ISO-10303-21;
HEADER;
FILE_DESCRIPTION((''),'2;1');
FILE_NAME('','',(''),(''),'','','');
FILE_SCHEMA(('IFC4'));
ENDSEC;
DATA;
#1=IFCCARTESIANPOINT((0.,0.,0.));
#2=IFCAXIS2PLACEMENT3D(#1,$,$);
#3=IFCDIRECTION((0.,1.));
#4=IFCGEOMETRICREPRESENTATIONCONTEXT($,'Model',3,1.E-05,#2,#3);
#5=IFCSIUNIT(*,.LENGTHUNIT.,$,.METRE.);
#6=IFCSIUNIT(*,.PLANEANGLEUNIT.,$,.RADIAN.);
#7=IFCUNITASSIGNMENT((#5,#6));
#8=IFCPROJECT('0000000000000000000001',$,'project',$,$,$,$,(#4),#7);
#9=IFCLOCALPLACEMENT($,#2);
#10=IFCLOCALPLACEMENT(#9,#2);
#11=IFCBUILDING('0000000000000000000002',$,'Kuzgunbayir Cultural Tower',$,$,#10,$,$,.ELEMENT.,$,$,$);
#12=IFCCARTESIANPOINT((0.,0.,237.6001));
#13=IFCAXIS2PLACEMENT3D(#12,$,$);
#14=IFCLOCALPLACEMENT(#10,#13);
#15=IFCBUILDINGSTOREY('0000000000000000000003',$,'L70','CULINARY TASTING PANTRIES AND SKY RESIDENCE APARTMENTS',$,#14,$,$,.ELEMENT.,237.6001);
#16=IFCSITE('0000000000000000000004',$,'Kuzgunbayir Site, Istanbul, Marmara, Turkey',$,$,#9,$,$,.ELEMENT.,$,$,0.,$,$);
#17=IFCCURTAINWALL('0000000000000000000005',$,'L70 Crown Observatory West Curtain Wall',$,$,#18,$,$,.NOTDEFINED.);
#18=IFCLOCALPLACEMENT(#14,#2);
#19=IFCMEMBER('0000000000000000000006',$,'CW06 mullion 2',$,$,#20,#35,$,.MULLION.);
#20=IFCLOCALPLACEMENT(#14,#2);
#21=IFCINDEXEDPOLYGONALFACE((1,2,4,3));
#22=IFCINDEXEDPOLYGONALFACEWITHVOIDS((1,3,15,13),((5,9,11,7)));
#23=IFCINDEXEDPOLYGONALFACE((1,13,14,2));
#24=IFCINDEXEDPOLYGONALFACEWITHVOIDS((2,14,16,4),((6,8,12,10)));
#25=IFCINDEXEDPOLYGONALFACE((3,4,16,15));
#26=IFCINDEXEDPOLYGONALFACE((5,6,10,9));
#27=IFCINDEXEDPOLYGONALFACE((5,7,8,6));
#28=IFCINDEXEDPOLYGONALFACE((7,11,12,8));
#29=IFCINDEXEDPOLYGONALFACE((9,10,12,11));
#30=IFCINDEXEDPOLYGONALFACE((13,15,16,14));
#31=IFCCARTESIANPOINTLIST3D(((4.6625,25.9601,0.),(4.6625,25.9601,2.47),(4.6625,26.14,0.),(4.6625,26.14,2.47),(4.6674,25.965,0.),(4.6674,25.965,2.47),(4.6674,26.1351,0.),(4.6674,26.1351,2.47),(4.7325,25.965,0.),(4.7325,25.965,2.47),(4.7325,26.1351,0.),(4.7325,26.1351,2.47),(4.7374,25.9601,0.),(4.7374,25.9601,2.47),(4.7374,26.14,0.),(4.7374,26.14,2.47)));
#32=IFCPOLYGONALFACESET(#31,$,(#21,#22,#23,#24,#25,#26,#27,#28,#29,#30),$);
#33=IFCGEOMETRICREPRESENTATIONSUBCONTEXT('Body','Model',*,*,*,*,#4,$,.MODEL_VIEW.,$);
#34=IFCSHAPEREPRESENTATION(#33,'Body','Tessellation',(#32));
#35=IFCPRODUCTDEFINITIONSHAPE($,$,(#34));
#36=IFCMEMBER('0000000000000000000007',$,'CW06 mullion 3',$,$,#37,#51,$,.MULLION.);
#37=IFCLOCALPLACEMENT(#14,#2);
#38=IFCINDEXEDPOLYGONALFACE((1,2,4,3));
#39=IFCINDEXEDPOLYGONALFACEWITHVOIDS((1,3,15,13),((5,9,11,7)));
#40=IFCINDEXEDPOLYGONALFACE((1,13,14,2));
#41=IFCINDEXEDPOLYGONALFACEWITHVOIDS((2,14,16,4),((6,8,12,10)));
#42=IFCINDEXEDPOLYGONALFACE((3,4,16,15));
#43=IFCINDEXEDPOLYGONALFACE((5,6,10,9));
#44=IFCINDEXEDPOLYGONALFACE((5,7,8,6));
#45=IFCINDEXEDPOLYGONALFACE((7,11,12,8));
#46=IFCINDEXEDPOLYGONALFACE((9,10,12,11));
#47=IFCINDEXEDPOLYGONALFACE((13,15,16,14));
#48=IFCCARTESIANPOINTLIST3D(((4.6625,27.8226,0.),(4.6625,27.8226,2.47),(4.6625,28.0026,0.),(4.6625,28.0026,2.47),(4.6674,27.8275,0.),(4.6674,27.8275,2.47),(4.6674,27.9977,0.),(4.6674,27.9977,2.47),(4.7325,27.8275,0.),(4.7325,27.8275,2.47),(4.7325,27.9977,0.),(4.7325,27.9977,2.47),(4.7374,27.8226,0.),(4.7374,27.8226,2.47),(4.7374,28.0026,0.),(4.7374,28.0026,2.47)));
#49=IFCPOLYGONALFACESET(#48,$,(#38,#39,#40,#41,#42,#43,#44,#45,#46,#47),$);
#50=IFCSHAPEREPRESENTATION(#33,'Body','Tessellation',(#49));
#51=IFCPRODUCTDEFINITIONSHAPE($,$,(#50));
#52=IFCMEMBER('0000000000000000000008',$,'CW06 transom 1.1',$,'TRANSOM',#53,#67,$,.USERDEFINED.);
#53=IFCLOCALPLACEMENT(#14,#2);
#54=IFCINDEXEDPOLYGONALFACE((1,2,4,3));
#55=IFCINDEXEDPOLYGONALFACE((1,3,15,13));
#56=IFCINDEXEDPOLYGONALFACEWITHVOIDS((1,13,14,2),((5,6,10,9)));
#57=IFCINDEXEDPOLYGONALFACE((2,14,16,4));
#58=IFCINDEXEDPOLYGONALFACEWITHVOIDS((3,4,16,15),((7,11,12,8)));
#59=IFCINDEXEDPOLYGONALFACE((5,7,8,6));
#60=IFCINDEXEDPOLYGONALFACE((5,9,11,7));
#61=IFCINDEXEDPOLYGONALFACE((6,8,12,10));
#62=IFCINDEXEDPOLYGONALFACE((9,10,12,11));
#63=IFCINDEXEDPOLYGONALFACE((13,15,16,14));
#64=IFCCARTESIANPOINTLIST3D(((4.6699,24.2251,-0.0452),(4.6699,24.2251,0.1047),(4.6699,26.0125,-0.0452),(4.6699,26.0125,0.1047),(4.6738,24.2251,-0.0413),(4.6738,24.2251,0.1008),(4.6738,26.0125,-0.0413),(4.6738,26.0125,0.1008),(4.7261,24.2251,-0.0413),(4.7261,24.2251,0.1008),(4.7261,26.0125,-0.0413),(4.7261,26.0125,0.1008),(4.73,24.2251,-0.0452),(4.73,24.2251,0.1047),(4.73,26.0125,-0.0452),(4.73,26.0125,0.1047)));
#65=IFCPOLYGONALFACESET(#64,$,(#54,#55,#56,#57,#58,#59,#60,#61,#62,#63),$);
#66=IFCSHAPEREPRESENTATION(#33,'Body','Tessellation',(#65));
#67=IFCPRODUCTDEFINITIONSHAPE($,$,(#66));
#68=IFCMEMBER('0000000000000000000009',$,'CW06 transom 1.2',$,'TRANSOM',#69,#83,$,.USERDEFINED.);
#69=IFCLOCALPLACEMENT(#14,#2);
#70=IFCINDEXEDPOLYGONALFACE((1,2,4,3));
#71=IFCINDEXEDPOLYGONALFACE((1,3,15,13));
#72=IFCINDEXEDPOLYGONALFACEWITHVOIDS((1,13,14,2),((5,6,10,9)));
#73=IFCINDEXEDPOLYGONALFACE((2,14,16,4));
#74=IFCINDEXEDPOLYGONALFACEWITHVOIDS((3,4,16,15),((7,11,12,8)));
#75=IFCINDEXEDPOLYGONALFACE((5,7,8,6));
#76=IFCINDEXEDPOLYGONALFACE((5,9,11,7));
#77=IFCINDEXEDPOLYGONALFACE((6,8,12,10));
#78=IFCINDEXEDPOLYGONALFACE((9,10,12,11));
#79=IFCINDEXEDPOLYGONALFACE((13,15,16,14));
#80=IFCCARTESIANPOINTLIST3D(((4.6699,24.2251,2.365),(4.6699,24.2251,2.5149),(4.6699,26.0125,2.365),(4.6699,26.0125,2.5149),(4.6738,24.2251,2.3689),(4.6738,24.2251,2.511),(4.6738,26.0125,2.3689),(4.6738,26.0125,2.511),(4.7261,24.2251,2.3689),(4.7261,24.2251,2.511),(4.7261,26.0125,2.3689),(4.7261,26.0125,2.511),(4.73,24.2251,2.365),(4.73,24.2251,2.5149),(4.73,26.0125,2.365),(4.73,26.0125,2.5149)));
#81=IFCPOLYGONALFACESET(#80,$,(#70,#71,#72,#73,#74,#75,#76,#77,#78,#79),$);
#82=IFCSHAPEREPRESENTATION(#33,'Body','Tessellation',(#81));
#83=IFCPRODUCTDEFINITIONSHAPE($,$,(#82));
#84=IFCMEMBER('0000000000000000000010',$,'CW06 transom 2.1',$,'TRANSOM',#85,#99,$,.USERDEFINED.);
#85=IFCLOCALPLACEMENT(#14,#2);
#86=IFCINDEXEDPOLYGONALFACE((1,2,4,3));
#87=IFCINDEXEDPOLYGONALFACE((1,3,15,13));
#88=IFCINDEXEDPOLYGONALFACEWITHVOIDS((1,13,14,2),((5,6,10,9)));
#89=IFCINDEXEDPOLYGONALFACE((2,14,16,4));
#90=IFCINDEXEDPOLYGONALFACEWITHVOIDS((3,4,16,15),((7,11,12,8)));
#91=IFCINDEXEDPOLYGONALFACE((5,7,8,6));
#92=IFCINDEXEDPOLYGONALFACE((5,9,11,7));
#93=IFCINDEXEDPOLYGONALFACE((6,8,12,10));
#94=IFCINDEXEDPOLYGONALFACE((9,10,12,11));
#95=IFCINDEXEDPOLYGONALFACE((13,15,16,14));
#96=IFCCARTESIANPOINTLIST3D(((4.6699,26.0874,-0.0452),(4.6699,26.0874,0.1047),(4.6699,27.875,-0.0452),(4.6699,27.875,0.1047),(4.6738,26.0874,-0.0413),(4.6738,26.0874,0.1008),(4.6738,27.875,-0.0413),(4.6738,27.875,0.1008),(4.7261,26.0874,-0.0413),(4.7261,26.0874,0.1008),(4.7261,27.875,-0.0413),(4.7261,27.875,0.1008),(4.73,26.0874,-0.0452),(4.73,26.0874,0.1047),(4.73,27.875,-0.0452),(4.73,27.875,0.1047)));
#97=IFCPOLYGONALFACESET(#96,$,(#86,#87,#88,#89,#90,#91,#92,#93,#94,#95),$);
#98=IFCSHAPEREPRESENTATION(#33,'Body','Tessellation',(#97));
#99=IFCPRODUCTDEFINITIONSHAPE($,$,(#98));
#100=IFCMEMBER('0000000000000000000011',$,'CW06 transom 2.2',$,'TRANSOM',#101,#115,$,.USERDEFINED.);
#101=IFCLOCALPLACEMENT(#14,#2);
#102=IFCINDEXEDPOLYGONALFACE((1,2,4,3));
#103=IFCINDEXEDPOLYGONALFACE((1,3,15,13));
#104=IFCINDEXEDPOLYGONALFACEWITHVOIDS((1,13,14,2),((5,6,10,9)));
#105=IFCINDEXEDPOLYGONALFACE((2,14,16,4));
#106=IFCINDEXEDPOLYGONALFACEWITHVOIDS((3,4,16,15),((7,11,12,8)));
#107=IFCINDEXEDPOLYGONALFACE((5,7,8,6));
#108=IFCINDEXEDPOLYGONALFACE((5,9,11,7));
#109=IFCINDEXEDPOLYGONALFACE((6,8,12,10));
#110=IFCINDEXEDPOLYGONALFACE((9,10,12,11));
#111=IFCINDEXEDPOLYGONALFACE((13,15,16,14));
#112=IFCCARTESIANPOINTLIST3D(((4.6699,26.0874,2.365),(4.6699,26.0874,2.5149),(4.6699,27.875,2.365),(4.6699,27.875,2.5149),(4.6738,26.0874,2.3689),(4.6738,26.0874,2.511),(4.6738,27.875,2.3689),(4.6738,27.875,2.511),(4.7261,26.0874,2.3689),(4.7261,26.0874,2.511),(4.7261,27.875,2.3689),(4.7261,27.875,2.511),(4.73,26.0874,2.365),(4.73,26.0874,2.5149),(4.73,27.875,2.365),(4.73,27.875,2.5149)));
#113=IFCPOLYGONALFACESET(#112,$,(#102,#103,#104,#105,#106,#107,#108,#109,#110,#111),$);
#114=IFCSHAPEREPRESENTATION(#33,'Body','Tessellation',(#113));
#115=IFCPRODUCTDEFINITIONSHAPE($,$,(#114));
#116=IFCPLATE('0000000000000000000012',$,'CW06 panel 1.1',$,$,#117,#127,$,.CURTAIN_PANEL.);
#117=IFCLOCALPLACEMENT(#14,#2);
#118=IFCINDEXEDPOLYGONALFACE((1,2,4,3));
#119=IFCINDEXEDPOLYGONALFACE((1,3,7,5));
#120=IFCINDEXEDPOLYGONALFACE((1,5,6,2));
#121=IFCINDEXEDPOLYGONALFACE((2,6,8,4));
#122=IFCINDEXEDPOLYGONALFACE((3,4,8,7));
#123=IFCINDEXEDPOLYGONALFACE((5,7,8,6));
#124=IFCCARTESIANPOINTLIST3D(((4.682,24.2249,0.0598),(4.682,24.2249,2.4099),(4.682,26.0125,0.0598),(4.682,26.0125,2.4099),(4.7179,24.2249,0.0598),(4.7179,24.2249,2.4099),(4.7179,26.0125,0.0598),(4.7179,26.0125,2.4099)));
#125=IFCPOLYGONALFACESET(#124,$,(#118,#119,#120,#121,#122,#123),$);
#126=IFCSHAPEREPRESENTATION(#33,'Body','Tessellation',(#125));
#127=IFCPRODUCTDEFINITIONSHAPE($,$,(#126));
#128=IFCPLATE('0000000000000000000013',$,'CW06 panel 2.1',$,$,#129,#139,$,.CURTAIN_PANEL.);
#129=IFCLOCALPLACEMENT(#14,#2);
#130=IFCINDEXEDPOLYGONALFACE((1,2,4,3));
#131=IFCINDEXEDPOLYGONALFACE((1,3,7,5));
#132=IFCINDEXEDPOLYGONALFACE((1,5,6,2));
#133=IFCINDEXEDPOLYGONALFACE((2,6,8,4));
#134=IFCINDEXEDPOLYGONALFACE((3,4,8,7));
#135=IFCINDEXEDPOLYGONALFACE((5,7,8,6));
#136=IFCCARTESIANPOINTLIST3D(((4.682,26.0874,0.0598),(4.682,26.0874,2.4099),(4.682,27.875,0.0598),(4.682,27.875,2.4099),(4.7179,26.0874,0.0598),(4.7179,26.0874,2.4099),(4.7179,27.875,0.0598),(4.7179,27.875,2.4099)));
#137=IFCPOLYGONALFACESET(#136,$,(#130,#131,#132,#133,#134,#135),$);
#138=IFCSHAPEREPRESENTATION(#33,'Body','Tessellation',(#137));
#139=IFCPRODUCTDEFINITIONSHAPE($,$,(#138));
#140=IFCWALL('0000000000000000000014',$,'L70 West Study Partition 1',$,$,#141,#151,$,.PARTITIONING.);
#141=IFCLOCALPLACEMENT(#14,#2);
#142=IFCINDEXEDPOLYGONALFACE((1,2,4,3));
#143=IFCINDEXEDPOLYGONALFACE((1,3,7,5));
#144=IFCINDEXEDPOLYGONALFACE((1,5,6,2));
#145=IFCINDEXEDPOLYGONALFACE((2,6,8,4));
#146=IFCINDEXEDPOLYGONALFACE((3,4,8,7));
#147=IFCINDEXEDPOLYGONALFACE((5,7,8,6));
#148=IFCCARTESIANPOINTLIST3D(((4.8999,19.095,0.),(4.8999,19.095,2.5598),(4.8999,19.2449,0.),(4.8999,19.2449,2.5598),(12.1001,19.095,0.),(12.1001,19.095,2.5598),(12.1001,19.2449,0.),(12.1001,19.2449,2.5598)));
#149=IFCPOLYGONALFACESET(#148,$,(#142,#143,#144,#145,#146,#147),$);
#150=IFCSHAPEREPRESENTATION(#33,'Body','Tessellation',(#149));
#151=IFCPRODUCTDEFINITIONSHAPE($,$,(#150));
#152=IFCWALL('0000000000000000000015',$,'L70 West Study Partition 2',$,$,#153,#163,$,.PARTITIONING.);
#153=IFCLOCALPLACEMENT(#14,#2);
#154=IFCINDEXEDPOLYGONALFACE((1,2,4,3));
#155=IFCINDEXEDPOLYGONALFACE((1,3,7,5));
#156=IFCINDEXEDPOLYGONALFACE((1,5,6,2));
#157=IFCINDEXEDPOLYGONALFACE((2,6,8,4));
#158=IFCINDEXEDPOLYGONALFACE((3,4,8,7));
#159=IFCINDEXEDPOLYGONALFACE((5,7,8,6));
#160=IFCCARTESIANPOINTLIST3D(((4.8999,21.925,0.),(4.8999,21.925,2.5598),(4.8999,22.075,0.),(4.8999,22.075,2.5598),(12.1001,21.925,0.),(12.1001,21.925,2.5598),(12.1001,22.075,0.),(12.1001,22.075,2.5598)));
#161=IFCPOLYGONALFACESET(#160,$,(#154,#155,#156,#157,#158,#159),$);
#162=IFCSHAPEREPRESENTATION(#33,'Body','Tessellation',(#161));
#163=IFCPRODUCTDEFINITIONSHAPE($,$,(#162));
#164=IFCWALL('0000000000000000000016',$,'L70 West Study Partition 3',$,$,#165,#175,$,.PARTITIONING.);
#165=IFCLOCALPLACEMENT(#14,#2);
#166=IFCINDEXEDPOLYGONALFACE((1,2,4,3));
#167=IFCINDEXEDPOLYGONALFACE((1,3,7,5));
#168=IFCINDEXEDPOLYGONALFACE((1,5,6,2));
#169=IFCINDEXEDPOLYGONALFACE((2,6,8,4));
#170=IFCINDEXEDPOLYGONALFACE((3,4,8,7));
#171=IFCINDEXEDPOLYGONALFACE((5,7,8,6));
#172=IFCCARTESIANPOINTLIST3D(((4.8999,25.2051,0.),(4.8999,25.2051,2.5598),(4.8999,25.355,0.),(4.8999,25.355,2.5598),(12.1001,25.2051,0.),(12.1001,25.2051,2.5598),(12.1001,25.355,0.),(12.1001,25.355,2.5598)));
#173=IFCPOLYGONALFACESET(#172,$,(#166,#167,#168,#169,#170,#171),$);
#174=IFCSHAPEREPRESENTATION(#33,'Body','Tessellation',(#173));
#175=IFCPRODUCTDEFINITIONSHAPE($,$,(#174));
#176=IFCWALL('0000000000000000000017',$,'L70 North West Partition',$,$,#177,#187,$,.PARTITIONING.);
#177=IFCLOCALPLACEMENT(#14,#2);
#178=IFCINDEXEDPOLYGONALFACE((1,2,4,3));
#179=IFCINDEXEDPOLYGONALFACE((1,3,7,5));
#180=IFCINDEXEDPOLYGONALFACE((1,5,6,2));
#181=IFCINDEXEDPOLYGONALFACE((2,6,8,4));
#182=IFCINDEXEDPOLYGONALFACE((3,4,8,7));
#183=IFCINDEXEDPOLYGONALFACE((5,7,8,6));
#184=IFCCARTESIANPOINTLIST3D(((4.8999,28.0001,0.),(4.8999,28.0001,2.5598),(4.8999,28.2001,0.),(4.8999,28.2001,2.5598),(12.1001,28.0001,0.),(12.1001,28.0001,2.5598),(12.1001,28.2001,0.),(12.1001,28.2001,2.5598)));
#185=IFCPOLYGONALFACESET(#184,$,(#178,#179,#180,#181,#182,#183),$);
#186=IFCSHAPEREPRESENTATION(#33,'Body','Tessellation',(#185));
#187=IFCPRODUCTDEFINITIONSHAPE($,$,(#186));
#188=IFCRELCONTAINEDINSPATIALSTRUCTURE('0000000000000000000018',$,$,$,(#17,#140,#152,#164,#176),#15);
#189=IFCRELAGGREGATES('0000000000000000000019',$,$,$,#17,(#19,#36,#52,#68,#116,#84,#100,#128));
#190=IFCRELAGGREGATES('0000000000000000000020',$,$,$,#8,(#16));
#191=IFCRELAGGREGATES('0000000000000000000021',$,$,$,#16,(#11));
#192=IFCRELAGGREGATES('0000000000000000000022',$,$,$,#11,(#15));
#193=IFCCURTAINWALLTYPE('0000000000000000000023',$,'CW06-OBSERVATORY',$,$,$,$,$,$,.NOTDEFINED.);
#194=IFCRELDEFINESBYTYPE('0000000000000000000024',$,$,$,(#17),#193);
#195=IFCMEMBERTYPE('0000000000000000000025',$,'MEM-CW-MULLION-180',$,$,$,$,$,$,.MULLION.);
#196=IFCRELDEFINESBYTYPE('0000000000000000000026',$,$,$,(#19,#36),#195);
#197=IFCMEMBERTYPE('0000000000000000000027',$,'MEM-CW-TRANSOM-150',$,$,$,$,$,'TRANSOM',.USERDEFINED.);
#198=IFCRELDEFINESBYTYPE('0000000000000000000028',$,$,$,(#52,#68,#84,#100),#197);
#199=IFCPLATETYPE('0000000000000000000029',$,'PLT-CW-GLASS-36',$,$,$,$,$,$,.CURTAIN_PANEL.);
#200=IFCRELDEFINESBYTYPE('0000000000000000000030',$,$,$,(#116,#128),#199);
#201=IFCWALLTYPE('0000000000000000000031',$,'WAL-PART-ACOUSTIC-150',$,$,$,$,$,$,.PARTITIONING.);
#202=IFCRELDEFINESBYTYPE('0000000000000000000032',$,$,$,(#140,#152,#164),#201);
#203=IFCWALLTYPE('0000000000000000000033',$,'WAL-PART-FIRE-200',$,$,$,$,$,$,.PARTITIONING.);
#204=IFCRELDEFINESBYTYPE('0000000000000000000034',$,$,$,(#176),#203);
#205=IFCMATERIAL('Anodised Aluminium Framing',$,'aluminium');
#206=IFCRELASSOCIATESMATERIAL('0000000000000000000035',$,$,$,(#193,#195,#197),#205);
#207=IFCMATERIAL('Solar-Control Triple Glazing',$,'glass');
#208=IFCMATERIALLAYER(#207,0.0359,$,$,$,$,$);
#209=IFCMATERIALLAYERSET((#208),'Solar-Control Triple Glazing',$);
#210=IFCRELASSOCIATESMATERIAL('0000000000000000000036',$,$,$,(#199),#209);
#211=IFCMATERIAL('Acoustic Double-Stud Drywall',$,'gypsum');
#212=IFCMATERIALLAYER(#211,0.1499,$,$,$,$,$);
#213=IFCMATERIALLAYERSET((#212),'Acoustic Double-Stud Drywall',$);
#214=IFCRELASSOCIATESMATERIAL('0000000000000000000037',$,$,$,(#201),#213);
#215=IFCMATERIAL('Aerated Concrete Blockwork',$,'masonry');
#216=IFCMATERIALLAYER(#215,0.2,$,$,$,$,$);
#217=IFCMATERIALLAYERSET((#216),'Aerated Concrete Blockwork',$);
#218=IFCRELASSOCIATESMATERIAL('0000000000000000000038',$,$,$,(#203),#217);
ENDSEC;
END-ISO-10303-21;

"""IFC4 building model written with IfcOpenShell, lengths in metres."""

from ifc_helpers import new_model, si_unit, direction, frame, frame_2d, origin, origin_2d, place, context, subcontext, project, spatial, rectangle, hollow_rectangle, extrude, material, layer, layer_set, material_profile, profile_set, type_object, element, aggregate, save


model = new_model("IFC4")

# Units and contexts
model_context = context("Model", 3, precision=1e-05, world=origin(), true_north=direction((0.0, 1.0)))
body_context = subcontext(model_context, "Body", "Model", "MODEL_VIEW")
ifc_project = project(units=[si_unit("LENGTHUNIT", "METRE"), si_unit("PLANEANGLEUNIT", "RADIAN")], contexts=[model_context])

# Site, building, storey
site_placement = place(None, origin())
site = spatial("IfcSite", under=ifc_project, at=site_placement, Name="Kuzgunbayir Site, Istanbul, Marmara, Turkey", CompositionType="ELEMENT", RefElevation=0.0)
building_placement = place(site_placement, origin())
building = spatial("IfcBuilding", under=site, at=building_placement, Name="Kuzgunbayir Cultural Tower", CompositionType="ELEMENT")
storey_placement = place(building_placement, frame((0.0, 0.0, 237.6001)))
storey = spatial("IfcBuildingStorey", under=building, at=storey_placement, Name="L70", Description="CULINARY TASTING PANTRIES AND SKY RESIDENCE APARTMENTS", CompositionType="ELEMENT", Elevation=237.6001)

# Curtain wall, members, plates
ifc_material_1 = material(Name="Anodised Aluminium Framing", Category="aluminium")
curtain_wall_type = type_object("IfcCurtainWallType", Name="CW06-OBSERVATORY", PredefinedType="NOTDEFINED", material=ifc_material_1)
curtain_wall_placement = place(storey_placement, origin())
curtain_wall = element("IfcCurtainWall", 1, at=curtain_wall_placement, inside=storey, type_object=curtain_wall_type, Name="L70 Crown Observatory West Curtain Wall", PredefinedType="NOTDEFINED")
ifc_material_profile_1 = material_profile(ifc_material_1, hollow_rectangle(XDim=0.075, YDim=0.1799, WallThickness=0.0049, at=origin_2d()), Name="RHS 180x75x5")
ifc_profile_set_1 = profile_set([ifc_material_profile_1], Name="Anodised Aluminium Framing")
member_type_1 = type_object("IfcMemberType", Name="MEM-CW-MULLION-180", PredefinedType="MULLION", material=ifc_profile_set_1)
member_1_placement = place(storey_placement, frame((4.7, 26.05, 0.0), z_axis=(0.0, 0.0, 1.0), x_axis=(-1.0, 0.0, 0.0)))
member_1 = element("IfcMember", 2, at=member_1_placement, type_object=member_type_1, Name="CW06 mullion 2", PredefinedType="MULLION", context=body_context, shape_type="SweptSolid", body=[
    extrude(hollow_rectangle(XDim=0.075, YDim=0.1799, WallThickness=0.0049, at=origin_2d()), origin(), (0.0, 0.0, 1.0), 2.47),
])
member_2_placement = place(storey_placement, frame((4.7, 27.9126, 0.0), z_axis=(0.0, 0.0, 1.0), x_axis=(-1.0, 0.0, 0.0)))
member_2 = element("IfcMember", 3, at=member_2_placement, type_object=member_type_1, Name="CW06 mullion 3", PredefinedType="MULLION", context=body_context, shape_type="SweptSolid", body=[
    extrude(hollow_rectangle(XDim=0.075, YDim=0.1799, WallThickness=0.0049, at=origin_2d()), origin(), (0.0, 0.0, 1.0), 2.47),
])
ifc_material_profile_2 = material_profile(ifc_material_1, hollow_rectangle(XDim=0.0601, YDim=0.1499, WallThickness=0.0039, at=origin_2d()), Name="RHS 150x60x4")
ifc_profile_set_2 = profile_set([ifc_material_profile_2], Name="Anodised Aluminium Framing")
member_type_2 = type_object("IfcMemberType", Name="MEM-CW-TRANSOM-150", ElementType="TRANSOM", PredefinedType="USERDEFINED", material=ifc_profile_set_2)
member_3_placement = place(storey_placement, frame((4.7, 24.2251, 0.0298), z_axis=(0.0, 1.0, 0.0), x_axis=(-1.0, 0.0, 0.0)))
member_3 = element("IfcMember", 4, at=member_3_placement, type_object=member_type_2, Name="CW06 transom 1.1", ObjectType="TRANSOM", PredefinedType="USERDEFINED", context=body_context, shape_type="SweptSolid", body=[
    extrude(hollow_rectangle(XDim=0.0601, YDim=0.1499, WallThickness=0.0039, at=origin_2d()), origin(), (0.0, 0.0, 1.0), 1.7874),
])
member_4_placement = place(storey_placement, frame((4.7, 24.2251, 2.4399), z_axis=(0.0, 1.0, 0.0), x_axis=(-1.0, 0.0, 0.0)))
member_4 = element("IfcMember", 5, at=member_4_placement, type_object=member_type_2, Name="CW06 transom 1.2", ObjectType="TRANSOM", PredefinedType="USERDEFINED", context=body_context, shape_type="SweptSolid", body=[
    extrude(hollow_rectangle(XDim=0.0601, YDim=0.1499, WallThickness=0.0039, at=origin_2d()), origin(), (0.0, 0.0, 1.0), 1.7874),
])
member_5_placement = place(storey_placement, frame((4.7, 26.0874, 0.0298), z_axis=(0.0, 1.0, 0.0), x_axis=(-1.0, 0.0, 0.0)))
member_5 = element("IfcMember", 6, at=member_5_placement, type_object=member_type_2, Name="CW06 transom 2.1", ObjectType="TRANSOM", PredefinedType="USERDEFINED", context=body_context, shape_type="SweptSolid", body=[
    extrude(hollow_rectangle(XDim=0.0601, YDim=0.1499, WallThickness=0.0039, at=origin_2d()), origin(), (0.0, 0.0, 1.0), 1.7876),
])
member_6_placement = place(storey_placement, frame((4.7, 26.0874, 2.4399), z_axis=(0.0, 1.0, 0.0), x_axis=(-1.0, 0.0, 0.0)))
member_6 = element("IfcMember", 7, at=member_6_placement, type_object=member_type_2, Name="CW06 transom 2.2", ObjectType="TRANSOM", PredefinedType="USERDEFINED", context=body_context, shape_type="SweptSolid", body=[
    extrude(hollow_rectangle(XDim=0.0601, YDim=0.1499, WallThickness=0.0039, at=origin_2d()), origin(), (0.0, 0.0, 1.0), 1.7876),
])
ifc_material_2 = material(Name="Solar-Control Triple Glazing", Category="glass")
ifc_layer_1 = layer(ifc_material_2, 0.0359)
ifc_layer_set_1 = layer_set([ifc_layer_1], Name="Solar-Control Triple Glazing")
plate_type = type_object("IfcPlateType", Name="PLT-CW-GLASS-36", PredefinedType="CURTAIN_PANEL", material=ifc_layer_set_1)
plate_1_placement = place(storey_placement, frame((4.7, 25.1187, 0.0598), z_axis=(0.0, 0.0, 1.0), x_axis=(0.0, 1.0, 0.0)))
plate_1 = element("IfcPlate", 8, at=plate_1_placement, type_object=plate_type, Name="CW06 panel 1.1", PredefinedType="CURTAIN_PANEL", context=body_context, shape_type="SweptSolid", body=[
    extrude(rectangle(XDim=1.7876, YDim=0.0359, at=origin_2d()), origin(), (0.0, 0.0, 1.0), 2.3501),
])
plate_2_placement = place(storey_placement, frame((4.7, 26.9812, 0.0598), z_axis=(0.0, 0.0, 1.0), x_axis=(0.0, 1.0, 0.0)))
plate_2 = element("IfcPlate", 9, at=plate_2_placement, type_object=plate_type, Name="CW06 panel 2.1", PredefinedType="CURTAIN_PANEL", context=body_context, shape_type="SweptSolid", body=[
    extrude(rectangle(XDim=1.7876, YDim=0.0359, at=origin_2d()), origin(), (0.0, 0.0, 1.0), 2.3501),
])
aggregate(curtain_wall, [member_1, member_2, member_3, member_4, plate_1, member_5, member_6, plate_2])

# Walls
ifc_material_3 = material(Name="Acoustic Double-Stud Drywall", Category="gypsum")
ifc_layer_2 = layer(ifc_material_3, 0.1499)
ifc_layer_set_2 = layer_set([ifc_layer_2], Name="Acoustic Double-Stud Drywall")
wall_type_1 = type_object("IfcWallType", Name="WAL-PART-ACOUSTIC-150", PredefinedType="PARTITIONING", material=ifc_layer_set_2)
for number, where, z_axis, x_axis, name in (
    (10, (4.8999, 19.1699, 0.0), (0.0, 0.0, 1.0), (1.0, 0.0, 0.0), "L70 West Study Partition 1"),
    (11, (4.8999, 22.0, 0.0), (0.0, 0.0, 1.0), (1.0, 0.0, 0.0), "L70 West Study Partition 2"),
    (12, (4.8999, 25.28, 0.0), (0.0, 0.0, 1.0), (1.0, 0.0, 0.0), "L70 West Study Partition 3"),
):
    element("IfcWall", number, at=place(storey_placement, frame(where, z_axis=z_axis, x_axis=x_axis)), inside=storey, type_object=wall_type_1, Name=name, PredefinedType="PARTITIONING", context=body_context, shape_type="SweptSolid", body=[
        extrude(rectangle(XDim=7.2002, YDim=0.1499, at=frame_2d((3.6001, 0.0))), origin(), (0.0, 0.0, 1.0), 2.5598),
    ])
ifc_material_4 = material(Name="Aerated Concrete Blockwork", Category="masonry")
ifc_layer_3 = layer(ifc_material_4, 0.2)
ifc_layer_set_3 = layer_set([ifc_layer_3], Name="Aerated Concrete Blockwork")
wall_type_2 = type_object("IfcWallType", Name="WAL-PART-FIRE-200", PredefinedType="PARTITIONING", material=ifc_layer_set_3)
wall_placement = place(storey_placement, frame((4.8999, 28.1001, 0.0), z_axis=(0.0, 0.0, 1.0), x_axis=(1.0, 0.0, 0.0)))
element("IfcWall", 13, at=wall_placement, inside=storey, type_object=wall_type_2, Name="L70 North West Partition", PredefinedType="PARTITIONING", context=body_context, shape_type="SweptSolid", body=[
    extrude(rectangle(XDim=7.2002, YDim=0.2, at=frame_2d((3.6001, 0.0))), origin(), (0.0, 0.0, 1.0), 2.5598),
])

save(model, "model.ifc")
